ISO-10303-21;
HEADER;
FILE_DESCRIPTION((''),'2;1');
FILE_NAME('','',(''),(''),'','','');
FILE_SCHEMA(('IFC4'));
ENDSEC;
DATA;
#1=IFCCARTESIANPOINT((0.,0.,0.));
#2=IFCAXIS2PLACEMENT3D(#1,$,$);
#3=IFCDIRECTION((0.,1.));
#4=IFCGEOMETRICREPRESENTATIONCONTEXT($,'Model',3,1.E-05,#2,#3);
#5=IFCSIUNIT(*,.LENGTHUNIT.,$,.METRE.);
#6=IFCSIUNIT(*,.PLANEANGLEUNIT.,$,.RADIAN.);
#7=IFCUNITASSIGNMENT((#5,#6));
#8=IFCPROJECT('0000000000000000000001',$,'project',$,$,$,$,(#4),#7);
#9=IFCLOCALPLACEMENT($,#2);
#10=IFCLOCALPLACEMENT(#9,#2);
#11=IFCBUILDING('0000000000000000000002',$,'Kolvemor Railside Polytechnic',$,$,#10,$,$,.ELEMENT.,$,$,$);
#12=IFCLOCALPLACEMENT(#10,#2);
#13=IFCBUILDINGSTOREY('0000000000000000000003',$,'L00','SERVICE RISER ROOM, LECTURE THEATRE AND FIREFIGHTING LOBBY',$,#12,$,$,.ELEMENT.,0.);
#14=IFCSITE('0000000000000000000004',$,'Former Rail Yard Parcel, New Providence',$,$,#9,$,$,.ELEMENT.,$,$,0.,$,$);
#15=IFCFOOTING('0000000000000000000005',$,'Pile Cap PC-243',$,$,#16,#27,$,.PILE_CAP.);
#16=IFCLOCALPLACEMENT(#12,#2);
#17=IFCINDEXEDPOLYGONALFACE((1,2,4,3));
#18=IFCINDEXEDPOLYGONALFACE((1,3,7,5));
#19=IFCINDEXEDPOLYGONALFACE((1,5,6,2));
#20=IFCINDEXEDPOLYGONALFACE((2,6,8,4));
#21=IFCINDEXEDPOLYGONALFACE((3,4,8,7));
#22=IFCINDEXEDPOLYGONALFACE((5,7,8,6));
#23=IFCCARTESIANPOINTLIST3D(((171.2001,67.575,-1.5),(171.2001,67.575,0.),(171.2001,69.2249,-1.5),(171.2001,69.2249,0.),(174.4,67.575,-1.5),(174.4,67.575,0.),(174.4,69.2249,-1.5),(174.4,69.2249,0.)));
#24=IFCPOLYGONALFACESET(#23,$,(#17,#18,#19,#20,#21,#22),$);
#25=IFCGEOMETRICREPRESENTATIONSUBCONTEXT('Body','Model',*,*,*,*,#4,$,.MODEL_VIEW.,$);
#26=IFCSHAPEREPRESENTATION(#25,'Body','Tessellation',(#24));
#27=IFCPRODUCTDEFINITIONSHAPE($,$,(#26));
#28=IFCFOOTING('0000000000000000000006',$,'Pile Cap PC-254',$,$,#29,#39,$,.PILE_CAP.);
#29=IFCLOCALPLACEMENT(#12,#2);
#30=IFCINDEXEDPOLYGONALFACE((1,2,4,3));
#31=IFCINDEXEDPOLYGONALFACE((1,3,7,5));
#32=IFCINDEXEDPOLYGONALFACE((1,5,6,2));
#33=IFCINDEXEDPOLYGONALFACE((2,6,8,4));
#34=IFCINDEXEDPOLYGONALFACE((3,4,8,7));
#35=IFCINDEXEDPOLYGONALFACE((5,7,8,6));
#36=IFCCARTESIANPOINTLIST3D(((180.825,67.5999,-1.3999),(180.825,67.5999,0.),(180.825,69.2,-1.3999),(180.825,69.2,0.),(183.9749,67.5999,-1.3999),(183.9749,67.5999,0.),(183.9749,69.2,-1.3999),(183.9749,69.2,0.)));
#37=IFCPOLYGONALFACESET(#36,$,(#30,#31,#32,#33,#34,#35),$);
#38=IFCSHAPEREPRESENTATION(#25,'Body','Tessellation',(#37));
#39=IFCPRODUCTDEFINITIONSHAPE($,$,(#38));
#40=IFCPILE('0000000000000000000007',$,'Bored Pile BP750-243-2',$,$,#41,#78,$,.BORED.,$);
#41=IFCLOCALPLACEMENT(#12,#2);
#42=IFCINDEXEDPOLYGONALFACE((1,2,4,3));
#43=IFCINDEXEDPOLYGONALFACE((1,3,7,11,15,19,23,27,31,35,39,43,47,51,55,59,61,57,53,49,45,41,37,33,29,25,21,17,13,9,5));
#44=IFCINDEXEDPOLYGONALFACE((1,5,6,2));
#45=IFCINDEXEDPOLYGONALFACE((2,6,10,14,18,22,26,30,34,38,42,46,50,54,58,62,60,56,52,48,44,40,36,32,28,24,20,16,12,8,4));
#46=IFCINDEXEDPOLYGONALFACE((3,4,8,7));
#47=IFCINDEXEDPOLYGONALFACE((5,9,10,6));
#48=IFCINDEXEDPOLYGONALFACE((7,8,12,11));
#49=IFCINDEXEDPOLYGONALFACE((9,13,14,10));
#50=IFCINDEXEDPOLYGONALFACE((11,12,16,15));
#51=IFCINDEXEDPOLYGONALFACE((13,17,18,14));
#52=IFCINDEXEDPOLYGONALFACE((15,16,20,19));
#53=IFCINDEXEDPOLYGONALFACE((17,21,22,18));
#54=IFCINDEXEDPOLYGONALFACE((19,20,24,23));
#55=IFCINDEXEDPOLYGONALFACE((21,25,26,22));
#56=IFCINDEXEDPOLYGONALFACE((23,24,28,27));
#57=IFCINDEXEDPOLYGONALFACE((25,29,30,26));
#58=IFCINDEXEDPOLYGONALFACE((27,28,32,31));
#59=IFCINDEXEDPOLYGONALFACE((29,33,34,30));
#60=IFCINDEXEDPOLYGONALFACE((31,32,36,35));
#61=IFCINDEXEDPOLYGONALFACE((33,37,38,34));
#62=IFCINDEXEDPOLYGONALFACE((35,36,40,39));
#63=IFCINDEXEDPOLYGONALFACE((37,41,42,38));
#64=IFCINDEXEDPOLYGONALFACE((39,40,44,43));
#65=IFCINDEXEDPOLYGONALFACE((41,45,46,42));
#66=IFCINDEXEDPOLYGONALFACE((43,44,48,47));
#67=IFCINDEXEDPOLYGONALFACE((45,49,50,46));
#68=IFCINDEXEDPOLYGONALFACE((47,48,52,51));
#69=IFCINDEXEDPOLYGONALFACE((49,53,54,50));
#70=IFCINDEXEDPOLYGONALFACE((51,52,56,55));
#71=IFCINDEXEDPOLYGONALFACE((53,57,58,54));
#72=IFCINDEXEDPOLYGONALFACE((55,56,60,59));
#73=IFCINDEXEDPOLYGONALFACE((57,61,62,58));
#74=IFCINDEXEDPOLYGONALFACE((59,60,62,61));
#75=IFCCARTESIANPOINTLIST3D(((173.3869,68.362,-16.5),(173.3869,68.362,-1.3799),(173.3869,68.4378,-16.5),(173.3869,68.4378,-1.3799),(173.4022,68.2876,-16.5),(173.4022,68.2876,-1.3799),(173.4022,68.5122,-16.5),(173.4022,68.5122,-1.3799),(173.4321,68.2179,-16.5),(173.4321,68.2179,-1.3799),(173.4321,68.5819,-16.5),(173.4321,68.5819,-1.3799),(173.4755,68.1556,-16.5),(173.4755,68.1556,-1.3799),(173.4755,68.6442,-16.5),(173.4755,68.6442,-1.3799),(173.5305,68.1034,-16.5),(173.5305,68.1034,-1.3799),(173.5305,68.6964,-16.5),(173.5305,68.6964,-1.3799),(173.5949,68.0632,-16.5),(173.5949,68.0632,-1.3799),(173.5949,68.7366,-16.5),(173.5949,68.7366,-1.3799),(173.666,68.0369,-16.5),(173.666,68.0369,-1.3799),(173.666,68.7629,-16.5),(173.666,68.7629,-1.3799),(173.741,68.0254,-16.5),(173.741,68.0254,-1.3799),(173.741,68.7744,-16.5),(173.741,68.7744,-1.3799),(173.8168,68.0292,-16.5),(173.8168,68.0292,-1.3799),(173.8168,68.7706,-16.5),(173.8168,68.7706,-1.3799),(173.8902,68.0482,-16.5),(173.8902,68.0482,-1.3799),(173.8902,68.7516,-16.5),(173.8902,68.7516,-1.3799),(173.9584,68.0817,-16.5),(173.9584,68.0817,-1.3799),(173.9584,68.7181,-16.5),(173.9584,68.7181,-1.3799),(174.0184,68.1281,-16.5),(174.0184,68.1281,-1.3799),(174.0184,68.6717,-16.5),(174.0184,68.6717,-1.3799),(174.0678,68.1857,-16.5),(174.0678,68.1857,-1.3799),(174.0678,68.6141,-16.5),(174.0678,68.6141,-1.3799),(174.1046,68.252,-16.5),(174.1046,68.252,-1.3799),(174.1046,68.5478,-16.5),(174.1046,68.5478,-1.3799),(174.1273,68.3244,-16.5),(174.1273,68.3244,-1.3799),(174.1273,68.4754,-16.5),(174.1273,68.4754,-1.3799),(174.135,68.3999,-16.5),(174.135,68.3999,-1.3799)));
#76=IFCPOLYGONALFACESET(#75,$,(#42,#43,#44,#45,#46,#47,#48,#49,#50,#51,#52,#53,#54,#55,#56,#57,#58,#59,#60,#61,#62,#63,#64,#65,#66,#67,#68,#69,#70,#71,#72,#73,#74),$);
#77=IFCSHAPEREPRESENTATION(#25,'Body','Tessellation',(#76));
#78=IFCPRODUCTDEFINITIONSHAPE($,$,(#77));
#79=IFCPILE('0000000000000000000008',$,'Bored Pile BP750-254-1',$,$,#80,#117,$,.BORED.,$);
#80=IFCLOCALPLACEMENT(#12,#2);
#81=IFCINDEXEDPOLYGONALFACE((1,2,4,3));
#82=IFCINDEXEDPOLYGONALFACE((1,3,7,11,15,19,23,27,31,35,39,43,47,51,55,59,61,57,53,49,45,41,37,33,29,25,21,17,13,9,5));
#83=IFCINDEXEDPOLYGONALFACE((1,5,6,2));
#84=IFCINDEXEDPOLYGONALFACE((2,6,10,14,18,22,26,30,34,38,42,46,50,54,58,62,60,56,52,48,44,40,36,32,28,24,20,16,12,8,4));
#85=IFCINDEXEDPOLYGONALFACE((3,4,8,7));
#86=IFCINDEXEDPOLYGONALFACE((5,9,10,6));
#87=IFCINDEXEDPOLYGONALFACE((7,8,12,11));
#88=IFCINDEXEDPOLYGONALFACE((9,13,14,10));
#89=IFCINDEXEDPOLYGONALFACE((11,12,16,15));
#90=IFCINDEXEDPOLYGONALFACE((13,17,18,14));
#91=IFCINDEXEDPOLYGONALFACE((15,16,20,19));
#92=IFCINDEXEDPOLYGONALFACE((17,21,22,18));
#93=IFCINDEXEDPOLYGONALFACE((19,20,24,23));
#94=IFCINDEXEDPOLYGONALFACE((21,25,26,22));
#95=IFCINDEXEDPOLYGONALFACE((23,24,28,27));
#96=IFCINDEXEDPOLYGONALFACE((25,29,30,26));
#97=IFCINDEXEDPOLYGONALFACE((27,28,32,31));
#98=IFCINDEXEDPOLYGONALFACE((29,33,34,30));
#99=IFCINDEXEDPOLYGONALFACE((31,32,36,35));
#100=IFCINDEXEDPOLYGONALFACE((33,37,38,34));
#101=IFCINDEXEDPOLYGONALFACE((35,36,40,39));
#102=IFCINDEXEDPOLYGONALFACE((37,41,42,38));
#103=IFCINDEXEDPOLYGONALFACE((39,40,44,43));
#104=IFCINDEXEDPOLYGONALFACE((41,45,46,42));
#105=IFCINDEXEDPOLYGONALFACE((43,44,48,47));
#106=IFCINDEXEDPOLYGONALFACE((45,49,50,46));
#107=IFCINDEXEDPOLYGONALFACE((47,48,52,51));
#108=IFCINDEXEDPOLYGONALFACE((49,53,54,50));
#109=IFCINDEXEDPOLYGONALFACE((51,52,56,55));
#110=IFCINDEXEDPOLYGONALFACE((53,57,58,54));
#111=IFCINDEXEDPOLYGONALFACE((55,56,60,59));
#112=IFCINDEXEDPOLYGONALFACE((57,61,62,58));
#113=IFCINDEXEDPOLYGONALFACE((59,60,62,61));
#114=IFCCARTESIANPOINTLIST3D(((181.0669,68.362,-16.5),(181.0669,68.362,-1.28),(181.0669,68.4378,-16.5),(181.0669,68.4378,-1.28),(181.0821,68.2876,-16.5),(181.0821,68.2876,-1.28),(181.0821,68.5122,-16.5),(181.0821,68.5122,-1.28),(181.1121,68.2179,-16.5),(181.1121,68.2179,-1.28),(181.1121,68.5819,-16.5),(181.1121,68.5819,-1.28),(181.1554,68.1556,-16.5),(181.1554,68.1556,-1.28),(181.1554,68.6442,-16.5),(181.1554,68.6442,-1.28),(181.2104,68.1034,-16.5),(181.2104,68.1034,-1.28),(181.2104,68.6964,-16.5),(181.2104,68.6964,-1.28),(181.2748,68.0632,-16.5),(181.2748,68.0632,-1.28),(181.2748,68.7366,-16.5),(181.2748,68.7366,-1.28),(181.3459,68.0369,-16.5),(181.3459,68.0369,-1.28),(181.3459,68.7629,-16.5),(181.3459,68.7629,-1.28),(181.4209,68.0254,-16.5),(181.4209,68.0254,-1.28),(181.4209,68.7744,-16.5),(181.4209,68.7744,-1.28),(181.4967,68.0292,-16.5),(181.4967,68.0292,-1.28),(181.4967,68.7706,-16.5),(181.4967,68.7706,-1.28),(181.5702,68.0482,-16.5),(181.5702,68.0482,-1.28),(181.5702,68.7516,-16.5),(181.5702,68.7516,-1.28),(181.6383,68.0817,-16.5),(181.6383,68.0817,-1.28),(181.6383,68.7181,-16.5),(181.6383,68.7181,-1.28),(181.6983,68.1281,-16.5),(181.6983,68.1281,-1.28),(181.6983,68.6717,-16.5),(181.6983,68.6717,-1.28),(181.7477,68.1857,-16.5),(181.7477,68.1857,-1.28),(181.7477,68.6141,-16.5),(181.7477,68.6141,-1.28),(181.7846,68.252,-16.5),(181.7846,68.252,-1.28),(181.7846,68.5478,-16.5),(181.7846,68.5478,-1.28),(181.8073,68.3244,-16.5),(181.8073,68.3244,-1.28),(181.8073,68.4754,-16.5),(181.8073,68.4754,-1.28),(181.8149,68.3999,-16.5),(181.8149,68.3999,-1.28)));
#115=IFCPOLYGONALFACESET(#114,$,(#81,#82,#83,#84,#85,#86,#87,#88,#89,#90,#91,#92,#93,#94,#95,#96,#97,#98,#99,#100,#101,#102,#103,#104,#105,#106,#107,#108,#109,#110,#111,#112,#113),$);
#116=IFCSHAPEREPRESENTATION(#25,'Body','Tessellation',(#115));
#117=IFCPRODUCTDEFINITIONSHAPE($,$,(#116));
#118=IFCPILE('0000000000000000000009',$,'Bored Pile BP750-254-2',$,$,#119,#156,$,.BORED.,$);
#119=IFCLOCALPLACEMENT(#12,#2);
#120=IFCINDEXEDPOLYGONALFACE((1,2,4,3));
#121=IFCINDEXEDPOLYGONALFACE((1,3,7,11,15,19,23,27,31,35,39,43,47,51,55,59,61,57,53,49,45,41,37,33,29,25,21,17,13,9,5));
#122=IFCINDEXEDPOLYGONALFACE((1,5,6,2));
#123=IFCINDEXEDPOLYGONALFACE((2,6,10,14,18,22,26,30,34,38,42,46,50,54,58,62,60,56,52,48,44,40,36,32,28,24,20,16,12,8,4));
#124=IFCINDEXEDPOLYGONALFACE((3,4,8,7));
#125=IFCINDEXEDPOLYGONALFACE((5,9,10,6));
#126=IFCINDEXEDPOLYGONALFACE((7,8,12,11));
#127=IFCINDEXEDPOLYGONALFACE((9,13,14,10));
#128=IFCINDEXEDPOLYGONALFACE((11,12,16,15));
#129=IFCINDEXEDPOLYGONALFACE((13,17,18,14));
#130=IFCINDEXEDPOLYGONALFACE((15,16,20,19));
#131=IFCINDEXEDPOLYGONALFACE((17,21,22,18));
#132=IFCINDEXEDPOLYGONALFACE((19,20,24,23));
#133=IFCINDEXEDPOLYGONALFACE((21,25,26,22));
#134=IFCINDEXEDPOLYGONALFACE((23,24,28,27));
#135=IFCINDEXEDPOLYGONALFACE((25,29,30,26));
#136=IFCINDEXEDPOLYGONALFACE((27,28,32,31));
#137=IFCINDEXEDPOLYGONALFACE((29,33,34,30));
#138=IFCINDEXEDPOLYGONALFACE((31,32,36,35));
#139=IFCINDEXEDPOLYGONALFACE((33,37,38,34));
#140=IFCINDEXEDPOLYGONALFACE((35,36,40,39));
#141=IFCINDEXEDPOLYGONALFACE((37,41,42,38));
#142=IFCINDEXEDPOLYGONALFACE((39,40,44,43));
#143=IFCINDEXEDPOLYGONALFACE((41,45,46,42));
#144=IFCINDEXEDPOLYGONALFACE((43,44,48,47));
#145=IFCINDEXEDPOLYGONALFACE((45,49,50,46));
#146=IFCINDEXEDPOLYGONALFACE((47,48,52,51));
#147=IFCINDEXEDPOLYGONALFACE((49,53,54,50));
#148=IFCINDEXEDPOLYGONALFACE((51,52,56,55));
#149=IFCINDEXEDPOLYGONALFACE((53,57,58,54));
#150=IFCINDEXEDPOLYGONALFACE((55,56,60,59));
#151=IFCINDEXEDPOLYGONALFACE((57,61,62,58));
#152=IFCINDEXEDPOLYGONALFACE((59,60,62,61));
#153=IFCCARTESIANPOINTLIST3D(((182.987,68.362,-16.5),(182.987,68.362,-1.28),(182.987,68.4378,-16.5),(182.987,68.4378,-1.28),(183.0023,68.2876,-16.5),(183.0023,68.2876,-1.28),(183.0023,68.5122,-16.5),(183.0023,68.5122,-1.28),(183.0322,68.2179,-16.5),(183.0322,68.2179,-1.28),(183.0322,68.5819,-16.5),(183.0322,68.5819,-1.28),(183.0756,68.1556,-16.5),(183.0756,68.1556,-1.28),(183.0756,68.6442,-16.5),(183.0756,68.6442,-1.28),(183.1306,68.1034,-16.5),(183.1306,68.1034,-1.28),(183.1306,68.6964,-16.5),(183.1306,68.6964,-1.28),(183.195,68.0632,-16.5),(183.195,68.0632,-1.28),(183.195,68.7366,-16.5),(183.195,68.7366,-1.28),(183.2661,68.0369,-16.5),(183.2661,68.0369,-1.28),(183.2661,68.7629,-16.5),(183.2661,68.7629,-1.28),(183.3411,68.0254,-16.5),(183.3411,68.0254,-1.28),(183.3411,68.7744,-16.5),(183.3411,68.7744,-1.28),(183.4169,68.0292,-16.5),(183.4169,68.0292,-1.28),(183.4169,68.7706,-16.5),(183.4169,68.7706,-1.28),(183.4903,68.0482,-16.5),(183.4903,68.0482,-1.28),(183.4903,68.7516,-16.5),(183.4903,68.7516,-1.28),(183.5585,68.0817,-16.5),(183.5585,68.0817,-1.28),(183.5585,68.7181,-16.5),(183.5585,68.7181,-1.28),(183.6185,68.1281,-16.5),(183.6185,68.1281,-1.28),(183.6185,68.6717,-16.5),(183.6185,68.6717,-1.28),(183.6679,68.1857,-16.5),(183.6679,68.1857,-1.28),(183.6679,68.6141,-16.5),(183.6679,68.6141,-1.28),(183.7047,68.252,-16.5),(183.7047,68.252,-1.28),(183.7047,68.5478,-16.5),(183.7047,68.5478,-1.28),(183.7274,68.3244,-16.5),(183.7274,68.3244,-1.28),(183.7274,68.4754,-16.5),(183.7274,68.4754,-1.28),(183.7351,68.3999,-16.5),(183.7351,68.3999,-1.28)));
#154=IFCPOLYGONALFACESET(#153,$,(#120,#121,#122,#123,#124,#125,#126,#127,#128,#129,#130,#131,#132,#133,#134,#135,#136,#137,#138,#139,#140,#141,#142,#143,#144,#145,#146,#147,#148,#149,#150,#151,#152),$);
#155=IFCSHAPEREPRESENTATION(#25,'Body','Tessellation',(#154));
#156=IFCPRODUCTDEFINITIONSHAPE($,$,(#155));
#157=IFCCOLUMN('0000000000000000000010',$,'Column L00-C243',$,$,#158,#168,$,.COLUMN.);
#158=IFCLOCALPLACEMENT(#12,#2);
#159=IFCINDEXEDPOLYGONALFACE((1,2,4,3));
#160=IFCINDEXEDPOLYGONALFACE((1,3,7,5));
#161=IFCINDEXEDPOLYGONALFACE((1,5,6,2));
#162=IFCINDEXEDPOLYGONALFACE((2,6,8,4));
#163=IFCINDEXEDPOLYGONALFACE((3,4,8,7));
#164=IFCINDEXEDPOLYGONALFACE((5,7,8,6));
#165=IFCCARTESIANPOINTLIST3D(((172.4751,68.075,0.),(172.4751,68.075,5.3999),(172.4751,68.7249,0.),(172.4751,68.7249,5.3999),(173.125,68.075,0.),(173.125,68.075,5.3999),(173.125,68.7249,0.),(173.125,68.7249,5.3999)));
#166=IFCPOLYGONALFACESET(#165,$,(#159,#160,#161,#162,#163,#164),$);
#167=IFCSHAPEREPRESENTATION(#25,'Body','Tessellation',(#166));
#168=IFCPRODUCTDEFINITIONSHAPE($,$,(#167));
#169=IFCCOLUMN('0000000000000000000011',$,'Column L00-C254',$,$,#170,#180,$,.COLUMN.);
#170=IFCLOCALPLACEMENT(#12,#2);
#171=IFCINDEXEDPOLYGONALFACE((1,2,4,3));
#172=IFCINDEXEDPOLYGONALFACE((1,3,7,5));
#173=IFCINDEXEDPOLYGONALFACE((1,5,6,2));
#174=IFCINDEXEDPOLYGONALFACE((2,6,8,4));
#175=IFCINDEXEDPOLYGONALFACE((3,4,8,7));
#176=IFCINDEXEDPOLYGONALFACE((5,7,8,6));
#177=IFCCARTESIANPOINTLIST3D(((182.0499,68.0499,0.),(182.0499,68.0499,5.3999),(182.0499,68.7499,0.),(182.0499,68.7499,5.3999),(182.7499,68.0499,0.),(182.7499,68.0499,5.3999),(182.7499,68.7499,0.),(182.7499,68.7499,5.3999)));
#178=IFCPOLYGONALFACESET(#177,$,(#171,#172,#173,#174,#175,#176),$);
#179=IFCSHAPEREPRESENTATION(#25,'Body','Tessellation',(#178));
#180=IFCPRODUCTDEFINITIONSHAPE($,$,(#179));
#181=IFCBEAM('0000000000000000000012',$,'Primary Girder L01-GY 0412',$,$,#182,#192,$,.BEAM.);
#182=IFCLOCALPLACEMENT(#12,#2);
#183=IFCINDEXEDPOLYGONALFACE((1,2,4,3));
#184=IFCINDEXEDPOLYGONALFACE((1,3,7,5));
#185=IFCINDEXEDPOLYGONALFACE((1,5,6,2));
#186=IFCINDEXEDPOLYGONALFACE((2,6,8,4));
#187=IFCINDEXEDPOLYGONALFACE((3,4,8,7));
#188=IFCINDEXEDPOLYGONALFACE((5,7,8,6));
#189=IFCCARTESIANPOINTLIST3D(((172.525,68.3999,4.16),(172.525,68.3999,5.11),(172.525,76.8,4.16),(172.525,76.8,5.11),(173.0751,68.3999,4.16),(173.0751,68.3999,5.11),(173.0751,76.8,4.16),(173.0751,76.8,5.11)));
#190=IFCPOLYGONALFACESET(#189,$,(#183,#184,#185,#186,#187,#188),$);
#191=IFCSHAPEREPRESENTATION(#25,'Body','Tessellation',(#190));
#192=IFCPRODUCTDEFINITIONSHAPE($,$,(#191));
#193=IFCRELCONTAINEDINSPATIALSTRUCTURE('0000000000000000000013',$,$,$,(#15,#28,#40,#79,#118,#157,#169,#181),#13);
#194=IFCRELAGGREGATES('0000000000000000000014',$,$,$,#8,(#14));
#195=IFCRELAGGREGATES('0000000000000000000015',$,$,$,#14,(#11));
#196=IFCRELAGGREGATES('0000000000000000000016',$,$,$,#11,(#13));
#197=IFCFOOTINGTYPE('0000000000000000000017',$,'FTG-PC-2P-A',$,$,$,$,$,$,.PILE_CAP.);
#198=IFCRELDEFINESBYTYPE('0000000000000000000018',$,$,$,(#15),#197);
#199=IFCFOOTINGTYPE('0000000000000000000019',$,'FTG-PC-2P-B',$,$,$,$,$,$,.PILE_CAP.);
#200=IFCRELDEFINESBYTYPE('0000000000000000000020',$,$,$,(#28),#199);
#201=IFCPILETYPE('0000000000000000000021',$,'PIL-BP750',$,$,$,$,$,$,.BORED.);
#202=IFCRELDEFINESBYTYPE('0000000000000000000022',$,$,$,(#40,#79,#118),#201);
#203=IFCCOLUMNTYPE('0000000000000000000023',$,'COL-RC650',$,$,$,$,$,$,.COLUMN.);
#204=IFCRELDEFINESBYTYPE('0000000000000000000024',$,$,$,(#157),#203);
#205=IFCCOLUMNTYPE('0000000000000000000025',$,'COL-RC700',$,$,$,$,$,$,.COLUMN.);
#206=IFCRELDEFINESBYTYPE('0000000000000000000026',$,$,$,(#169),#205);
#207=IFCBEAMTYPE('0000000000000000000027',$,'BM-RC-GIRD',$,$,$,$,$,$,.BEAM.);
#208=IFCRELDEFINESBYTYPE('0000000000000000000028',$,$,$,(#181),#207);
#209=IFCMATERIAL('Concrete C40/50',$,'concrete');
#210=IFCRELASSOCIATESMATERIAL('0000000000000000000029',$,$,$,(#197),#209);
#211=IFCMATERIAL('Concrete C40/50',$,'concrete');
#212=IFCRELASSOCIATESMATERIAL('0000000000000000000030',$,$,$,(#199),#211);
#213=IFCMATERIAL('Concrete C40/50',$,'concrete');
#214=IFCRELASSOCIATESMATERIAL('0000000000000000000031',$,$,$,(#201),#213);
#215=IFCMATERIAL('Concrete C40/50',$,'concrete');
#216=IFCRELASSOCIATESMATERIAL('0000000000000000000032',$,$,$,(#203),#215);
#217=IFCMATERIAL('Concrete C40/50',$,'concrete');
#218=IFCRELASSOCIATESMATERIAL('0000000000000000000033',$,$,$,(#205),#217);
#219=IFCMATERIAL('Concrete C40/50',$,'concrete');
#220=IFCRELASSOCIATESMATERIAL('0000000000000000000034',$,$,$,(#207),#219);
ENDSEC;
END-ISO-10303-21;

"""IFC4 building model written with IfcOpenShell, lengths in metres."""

from ifc_helpers import new_model, si_unit, direction, frame, origin, origin_2d, place, context, subcontext, project, spatial, rectangle, circle, extrude, material, material_profile, profile_set, type_object, element, save


model = new_model("IFC4")

# Units and contexts
model_context = context("Model", 3, precision=1e-05, world=origin(), true_north=direction((0.0, 1.0)))
body_context = subcontext(model_context, "Body", "Model", "MODEL_VIEW")
ifc_project = project(units=[si_unit("LENGTHUNIT", "METRE"), si_unit("PLANEANGLEUNIT", "RADIAN")], contexts=[model_context])

# Site, building, storey
site_placement = place(None, origin())
site = spatial("IfcSite", under=ifc_project, at=site_placement, Name="Former Rail Yard Parcel, New Providence", CompositionType="ELEMENT", RefElevation=0.0)
building_placement = place(site_placement, origin())
building = spatial("IfcBuilding", under=site, at=building_placement, Name="Kolvemor Railside Polytechnic", CompositionType="ELEMENT")
storey_placement = place(building_placement, origin())
storey = spatial("IfcBuildingStorey", under=building, at=storey_placement, Name="L00", Description="SERVICE RISER ROOM, LECTURE THEATRE AND FIREFIGHTING LOBBY", CompositionType="ELEMENT", Elevation=0.0)

# Footings
ifc_material_1 = material(Name="Concrete C40/50", Category="concrete")
footing_type_1 = type_object("IfcFootingType", Name="FTG-PC-2P-A", PredefinedType="PILE_CAP", material=ifc_material_1)
footing_1_placement = place(storey_placement, frame((172.8, 68.3999, -1.5), z_axis=(0.0, 0.0, 1.0), x_axis=(1.0, 0.0, 0.0)))
element("IfcFooting", 1, at=footing_1_placement, inside=storey, type_object=footing_type_1, Name="Pile Cap PC-243", PredefinedType="PILE_CAP", context=body_context, shape_type="SweptSolid", body=[
    extrude(rectangle(XDim=3.2, YDim=1.6499, at=origin_2d()), origin(), (0.0, 0.0, 1.0), 1.5),
])
ifc_material_2 = material(Name="Concrete C40/50", Category="concrete")
footing_type_2 = type_object("IfcFootingType", Name="FTG-PC-2P-B", PredefinedType="PILE_CAP", material=ifc_material_2)
footing_2_placement = place(storey_placement, frame((182.3999, 68.3999, -1.3999), z_axis=(0.0, 0.0, 1.0), x_axis=(1.0, 0.0, 0.0)))
element("IfcFooting", 2, at=footing_2_placement, inside=storey, type_object=footing_type_2, Name="Pile Cap PC-254", PredefinedType="PILE_CAP", context=body_context, shape_type="SweptSolid", body=[
    extrude(rectangle(XDim=3.1499, YDim=1.6001, at=origin_2d()), origin(), (0.0, 0.0, 1.0), 1.3999),
])

# Piles
ifc_material_3 = material(Name="Concrete C40/50", Category="concrete")
ifc_material_profile_1 = material_profile(ifc_material_3, circle(Radius=0.375, at=origin_2d()), Name="BP750")
ifc_profile_set_1 = profile_set([ifc_material_profile_1], Name="Concrete C40/50")
pile_type = type_object("IfcPileType", Name="PIL-BP750", PredefinedType="BORED", material=ifc_profile_set_1)
pile_placement = place(storey_placement, frame((173.76, 68.3999, -1.3799), z_axis=(0.0, 0.0, -1.0), x_axis=(1.0, 0.0, 0.0)))
element("IfcPile", 3, at=pile_placement, inside=storey, type_object=pile_type, Name="Bored Pile BP750-243-2", PredefinedType="BORED", context=body_context, shape_type="SweptSolid", body=[
    extrude(circle(Radius=0.375, at=origin_2d()), origin(), (0.0, 0.0, 1.0), 15.1201),
])
for number, where, z_axis, x_axis, name in (
    (4, (181.4399, 68.3999, -1.28), (0.0, 0.0, -1.0), (1.0, 0.0, 0.0), "Bored Pile BP750-254-1"),
    (5, (183.3601, 68.3999, -1.28), (0.0, 0.0, -1.0), (1.0, 0.0, 0.0), "Bored Pile BP750-254-2"),
):
    element("IfcPile", number, at=place(storey_placement, frame(where, z_axis=z_axis, x_axis=x_axis)), inside=storey, type_object=pile_type, Name=name, PredefinedType="BORED", context=body_context, shape_type="SweptSolid", body=[
        extrude(circle(Radius=0.375, at=origin_2d()), origin(), (0.0, 0.0, 1.0), 15.22),
    ])

# Columns
ifc_material_4 = material(Name="Concrete C40/50", Category="concrete")
ifc_material_profile_2 = material_profile(ifc_material_4, rectangle(XDim=0.6499, YDim=0.6499, at=origin_2d()), Name="RC650x650")
ifc_profile_set_2 = profile_set([ifc_material_profile_2], Name="Concrete C40/50")
column_type_1 = type_object("IfcColumnType", Name="COL-RC650", PredefinedType="COLUMN", material=ifc_profile_set_2)
column_1_placement = place(storey_placement, frame((172.8, 68.3999, 0.0), z_axis=(0.0, 0.0, 1.0), x_axis=(1.0, 0.0, 0.0)))
element("IfcColumn", 6, at=column_1_placement, inside=storey, type_object=column_type_1, Name="Column L00-C243", PredefinedType="COLUMN", context=body_context, shape_type="SweptSolid", body=[
    extrude(rectangle(XDim=0.6499, YDim=0.6499, at=origin_2d()), origin(), (0.0, 0.0, 1.0), 5.3999),
])
ifc_material_5 = material(Name="Concrete C40/50", Category="concrete")
ifc_material_profile_3 = material_profile(ifc_material_5, rectangle(XDim=0.7, YDim=0.7, at=origin_2d()), Name="RC700x700")
ifc_profile_set_3 = profile_set([ifc_material_profile_3], Name="Concrete C40/50")
column_type_2 = type_object("IfcColumnType", Name="COL-RC700", PredefinedType="COLUMN", material=ifc_profile_set_3)
column_2_placement = place(storey_placement, frame((182.3999, 68.3999, 0.0), z_axis=(0.0, 0.0, 1.0), x_axis=(1.0, 0.0, 0.0)))
element("IfcColumn", 7, at=column_2_placement, inside=storey, type_object=column_type_2, Name="Column L00-C254", PredefinedType="COLUMN", context=body_context, shape_type="SweptSolid", body=[
    extrude(rectangle(XDim=0.7, YDim=0.7, at=origin_2d()), origin(), (0.0, 0.0, 1.0), 5.3999),
])

# Beam
ifc_material_6 = material(Name="Concrete C40/50", Category="concrete")
ifc_material_profile_4 = material_profile(ifc_material_6, rectangle(XDim=0.55, YDim=0.95, at=origin_2d()), Name="RC550x950")
ifc_profile_set_4 = profile_set([ifc_material_profile_4], Name="Concrete C40/50")
beam_type_1 = type_object("IfcBeamType", Name="BM-RC-GIRD", PredefinedType="BEAM", material=ifc_profile_set_4)
for number, where, z_axis, x_axis, name in (
    (8, (172.8, 68.3999, 4.635), (0.0, 1.0, 0.0), (-1.0, 0.0, 0.0), "Primary Girder L01-GY 0412"),
):
    element("IfcBeam", number, at=place(storey_placement, frame(where, z_axis=z_axis, x_axis=x_axis)), inside=storey, type_object=beam_type_1, Name=name, PredefinedType="BEAM", context=body_context, shape_type="SweptSolid", body=[
        extrude(rectangle(XDim=0.55, YDim=0.95, at=origin_2d()), origin(), (0.0, 0.0, 1.0), 8.4001),
    ])

save(model, "model.ifc")
